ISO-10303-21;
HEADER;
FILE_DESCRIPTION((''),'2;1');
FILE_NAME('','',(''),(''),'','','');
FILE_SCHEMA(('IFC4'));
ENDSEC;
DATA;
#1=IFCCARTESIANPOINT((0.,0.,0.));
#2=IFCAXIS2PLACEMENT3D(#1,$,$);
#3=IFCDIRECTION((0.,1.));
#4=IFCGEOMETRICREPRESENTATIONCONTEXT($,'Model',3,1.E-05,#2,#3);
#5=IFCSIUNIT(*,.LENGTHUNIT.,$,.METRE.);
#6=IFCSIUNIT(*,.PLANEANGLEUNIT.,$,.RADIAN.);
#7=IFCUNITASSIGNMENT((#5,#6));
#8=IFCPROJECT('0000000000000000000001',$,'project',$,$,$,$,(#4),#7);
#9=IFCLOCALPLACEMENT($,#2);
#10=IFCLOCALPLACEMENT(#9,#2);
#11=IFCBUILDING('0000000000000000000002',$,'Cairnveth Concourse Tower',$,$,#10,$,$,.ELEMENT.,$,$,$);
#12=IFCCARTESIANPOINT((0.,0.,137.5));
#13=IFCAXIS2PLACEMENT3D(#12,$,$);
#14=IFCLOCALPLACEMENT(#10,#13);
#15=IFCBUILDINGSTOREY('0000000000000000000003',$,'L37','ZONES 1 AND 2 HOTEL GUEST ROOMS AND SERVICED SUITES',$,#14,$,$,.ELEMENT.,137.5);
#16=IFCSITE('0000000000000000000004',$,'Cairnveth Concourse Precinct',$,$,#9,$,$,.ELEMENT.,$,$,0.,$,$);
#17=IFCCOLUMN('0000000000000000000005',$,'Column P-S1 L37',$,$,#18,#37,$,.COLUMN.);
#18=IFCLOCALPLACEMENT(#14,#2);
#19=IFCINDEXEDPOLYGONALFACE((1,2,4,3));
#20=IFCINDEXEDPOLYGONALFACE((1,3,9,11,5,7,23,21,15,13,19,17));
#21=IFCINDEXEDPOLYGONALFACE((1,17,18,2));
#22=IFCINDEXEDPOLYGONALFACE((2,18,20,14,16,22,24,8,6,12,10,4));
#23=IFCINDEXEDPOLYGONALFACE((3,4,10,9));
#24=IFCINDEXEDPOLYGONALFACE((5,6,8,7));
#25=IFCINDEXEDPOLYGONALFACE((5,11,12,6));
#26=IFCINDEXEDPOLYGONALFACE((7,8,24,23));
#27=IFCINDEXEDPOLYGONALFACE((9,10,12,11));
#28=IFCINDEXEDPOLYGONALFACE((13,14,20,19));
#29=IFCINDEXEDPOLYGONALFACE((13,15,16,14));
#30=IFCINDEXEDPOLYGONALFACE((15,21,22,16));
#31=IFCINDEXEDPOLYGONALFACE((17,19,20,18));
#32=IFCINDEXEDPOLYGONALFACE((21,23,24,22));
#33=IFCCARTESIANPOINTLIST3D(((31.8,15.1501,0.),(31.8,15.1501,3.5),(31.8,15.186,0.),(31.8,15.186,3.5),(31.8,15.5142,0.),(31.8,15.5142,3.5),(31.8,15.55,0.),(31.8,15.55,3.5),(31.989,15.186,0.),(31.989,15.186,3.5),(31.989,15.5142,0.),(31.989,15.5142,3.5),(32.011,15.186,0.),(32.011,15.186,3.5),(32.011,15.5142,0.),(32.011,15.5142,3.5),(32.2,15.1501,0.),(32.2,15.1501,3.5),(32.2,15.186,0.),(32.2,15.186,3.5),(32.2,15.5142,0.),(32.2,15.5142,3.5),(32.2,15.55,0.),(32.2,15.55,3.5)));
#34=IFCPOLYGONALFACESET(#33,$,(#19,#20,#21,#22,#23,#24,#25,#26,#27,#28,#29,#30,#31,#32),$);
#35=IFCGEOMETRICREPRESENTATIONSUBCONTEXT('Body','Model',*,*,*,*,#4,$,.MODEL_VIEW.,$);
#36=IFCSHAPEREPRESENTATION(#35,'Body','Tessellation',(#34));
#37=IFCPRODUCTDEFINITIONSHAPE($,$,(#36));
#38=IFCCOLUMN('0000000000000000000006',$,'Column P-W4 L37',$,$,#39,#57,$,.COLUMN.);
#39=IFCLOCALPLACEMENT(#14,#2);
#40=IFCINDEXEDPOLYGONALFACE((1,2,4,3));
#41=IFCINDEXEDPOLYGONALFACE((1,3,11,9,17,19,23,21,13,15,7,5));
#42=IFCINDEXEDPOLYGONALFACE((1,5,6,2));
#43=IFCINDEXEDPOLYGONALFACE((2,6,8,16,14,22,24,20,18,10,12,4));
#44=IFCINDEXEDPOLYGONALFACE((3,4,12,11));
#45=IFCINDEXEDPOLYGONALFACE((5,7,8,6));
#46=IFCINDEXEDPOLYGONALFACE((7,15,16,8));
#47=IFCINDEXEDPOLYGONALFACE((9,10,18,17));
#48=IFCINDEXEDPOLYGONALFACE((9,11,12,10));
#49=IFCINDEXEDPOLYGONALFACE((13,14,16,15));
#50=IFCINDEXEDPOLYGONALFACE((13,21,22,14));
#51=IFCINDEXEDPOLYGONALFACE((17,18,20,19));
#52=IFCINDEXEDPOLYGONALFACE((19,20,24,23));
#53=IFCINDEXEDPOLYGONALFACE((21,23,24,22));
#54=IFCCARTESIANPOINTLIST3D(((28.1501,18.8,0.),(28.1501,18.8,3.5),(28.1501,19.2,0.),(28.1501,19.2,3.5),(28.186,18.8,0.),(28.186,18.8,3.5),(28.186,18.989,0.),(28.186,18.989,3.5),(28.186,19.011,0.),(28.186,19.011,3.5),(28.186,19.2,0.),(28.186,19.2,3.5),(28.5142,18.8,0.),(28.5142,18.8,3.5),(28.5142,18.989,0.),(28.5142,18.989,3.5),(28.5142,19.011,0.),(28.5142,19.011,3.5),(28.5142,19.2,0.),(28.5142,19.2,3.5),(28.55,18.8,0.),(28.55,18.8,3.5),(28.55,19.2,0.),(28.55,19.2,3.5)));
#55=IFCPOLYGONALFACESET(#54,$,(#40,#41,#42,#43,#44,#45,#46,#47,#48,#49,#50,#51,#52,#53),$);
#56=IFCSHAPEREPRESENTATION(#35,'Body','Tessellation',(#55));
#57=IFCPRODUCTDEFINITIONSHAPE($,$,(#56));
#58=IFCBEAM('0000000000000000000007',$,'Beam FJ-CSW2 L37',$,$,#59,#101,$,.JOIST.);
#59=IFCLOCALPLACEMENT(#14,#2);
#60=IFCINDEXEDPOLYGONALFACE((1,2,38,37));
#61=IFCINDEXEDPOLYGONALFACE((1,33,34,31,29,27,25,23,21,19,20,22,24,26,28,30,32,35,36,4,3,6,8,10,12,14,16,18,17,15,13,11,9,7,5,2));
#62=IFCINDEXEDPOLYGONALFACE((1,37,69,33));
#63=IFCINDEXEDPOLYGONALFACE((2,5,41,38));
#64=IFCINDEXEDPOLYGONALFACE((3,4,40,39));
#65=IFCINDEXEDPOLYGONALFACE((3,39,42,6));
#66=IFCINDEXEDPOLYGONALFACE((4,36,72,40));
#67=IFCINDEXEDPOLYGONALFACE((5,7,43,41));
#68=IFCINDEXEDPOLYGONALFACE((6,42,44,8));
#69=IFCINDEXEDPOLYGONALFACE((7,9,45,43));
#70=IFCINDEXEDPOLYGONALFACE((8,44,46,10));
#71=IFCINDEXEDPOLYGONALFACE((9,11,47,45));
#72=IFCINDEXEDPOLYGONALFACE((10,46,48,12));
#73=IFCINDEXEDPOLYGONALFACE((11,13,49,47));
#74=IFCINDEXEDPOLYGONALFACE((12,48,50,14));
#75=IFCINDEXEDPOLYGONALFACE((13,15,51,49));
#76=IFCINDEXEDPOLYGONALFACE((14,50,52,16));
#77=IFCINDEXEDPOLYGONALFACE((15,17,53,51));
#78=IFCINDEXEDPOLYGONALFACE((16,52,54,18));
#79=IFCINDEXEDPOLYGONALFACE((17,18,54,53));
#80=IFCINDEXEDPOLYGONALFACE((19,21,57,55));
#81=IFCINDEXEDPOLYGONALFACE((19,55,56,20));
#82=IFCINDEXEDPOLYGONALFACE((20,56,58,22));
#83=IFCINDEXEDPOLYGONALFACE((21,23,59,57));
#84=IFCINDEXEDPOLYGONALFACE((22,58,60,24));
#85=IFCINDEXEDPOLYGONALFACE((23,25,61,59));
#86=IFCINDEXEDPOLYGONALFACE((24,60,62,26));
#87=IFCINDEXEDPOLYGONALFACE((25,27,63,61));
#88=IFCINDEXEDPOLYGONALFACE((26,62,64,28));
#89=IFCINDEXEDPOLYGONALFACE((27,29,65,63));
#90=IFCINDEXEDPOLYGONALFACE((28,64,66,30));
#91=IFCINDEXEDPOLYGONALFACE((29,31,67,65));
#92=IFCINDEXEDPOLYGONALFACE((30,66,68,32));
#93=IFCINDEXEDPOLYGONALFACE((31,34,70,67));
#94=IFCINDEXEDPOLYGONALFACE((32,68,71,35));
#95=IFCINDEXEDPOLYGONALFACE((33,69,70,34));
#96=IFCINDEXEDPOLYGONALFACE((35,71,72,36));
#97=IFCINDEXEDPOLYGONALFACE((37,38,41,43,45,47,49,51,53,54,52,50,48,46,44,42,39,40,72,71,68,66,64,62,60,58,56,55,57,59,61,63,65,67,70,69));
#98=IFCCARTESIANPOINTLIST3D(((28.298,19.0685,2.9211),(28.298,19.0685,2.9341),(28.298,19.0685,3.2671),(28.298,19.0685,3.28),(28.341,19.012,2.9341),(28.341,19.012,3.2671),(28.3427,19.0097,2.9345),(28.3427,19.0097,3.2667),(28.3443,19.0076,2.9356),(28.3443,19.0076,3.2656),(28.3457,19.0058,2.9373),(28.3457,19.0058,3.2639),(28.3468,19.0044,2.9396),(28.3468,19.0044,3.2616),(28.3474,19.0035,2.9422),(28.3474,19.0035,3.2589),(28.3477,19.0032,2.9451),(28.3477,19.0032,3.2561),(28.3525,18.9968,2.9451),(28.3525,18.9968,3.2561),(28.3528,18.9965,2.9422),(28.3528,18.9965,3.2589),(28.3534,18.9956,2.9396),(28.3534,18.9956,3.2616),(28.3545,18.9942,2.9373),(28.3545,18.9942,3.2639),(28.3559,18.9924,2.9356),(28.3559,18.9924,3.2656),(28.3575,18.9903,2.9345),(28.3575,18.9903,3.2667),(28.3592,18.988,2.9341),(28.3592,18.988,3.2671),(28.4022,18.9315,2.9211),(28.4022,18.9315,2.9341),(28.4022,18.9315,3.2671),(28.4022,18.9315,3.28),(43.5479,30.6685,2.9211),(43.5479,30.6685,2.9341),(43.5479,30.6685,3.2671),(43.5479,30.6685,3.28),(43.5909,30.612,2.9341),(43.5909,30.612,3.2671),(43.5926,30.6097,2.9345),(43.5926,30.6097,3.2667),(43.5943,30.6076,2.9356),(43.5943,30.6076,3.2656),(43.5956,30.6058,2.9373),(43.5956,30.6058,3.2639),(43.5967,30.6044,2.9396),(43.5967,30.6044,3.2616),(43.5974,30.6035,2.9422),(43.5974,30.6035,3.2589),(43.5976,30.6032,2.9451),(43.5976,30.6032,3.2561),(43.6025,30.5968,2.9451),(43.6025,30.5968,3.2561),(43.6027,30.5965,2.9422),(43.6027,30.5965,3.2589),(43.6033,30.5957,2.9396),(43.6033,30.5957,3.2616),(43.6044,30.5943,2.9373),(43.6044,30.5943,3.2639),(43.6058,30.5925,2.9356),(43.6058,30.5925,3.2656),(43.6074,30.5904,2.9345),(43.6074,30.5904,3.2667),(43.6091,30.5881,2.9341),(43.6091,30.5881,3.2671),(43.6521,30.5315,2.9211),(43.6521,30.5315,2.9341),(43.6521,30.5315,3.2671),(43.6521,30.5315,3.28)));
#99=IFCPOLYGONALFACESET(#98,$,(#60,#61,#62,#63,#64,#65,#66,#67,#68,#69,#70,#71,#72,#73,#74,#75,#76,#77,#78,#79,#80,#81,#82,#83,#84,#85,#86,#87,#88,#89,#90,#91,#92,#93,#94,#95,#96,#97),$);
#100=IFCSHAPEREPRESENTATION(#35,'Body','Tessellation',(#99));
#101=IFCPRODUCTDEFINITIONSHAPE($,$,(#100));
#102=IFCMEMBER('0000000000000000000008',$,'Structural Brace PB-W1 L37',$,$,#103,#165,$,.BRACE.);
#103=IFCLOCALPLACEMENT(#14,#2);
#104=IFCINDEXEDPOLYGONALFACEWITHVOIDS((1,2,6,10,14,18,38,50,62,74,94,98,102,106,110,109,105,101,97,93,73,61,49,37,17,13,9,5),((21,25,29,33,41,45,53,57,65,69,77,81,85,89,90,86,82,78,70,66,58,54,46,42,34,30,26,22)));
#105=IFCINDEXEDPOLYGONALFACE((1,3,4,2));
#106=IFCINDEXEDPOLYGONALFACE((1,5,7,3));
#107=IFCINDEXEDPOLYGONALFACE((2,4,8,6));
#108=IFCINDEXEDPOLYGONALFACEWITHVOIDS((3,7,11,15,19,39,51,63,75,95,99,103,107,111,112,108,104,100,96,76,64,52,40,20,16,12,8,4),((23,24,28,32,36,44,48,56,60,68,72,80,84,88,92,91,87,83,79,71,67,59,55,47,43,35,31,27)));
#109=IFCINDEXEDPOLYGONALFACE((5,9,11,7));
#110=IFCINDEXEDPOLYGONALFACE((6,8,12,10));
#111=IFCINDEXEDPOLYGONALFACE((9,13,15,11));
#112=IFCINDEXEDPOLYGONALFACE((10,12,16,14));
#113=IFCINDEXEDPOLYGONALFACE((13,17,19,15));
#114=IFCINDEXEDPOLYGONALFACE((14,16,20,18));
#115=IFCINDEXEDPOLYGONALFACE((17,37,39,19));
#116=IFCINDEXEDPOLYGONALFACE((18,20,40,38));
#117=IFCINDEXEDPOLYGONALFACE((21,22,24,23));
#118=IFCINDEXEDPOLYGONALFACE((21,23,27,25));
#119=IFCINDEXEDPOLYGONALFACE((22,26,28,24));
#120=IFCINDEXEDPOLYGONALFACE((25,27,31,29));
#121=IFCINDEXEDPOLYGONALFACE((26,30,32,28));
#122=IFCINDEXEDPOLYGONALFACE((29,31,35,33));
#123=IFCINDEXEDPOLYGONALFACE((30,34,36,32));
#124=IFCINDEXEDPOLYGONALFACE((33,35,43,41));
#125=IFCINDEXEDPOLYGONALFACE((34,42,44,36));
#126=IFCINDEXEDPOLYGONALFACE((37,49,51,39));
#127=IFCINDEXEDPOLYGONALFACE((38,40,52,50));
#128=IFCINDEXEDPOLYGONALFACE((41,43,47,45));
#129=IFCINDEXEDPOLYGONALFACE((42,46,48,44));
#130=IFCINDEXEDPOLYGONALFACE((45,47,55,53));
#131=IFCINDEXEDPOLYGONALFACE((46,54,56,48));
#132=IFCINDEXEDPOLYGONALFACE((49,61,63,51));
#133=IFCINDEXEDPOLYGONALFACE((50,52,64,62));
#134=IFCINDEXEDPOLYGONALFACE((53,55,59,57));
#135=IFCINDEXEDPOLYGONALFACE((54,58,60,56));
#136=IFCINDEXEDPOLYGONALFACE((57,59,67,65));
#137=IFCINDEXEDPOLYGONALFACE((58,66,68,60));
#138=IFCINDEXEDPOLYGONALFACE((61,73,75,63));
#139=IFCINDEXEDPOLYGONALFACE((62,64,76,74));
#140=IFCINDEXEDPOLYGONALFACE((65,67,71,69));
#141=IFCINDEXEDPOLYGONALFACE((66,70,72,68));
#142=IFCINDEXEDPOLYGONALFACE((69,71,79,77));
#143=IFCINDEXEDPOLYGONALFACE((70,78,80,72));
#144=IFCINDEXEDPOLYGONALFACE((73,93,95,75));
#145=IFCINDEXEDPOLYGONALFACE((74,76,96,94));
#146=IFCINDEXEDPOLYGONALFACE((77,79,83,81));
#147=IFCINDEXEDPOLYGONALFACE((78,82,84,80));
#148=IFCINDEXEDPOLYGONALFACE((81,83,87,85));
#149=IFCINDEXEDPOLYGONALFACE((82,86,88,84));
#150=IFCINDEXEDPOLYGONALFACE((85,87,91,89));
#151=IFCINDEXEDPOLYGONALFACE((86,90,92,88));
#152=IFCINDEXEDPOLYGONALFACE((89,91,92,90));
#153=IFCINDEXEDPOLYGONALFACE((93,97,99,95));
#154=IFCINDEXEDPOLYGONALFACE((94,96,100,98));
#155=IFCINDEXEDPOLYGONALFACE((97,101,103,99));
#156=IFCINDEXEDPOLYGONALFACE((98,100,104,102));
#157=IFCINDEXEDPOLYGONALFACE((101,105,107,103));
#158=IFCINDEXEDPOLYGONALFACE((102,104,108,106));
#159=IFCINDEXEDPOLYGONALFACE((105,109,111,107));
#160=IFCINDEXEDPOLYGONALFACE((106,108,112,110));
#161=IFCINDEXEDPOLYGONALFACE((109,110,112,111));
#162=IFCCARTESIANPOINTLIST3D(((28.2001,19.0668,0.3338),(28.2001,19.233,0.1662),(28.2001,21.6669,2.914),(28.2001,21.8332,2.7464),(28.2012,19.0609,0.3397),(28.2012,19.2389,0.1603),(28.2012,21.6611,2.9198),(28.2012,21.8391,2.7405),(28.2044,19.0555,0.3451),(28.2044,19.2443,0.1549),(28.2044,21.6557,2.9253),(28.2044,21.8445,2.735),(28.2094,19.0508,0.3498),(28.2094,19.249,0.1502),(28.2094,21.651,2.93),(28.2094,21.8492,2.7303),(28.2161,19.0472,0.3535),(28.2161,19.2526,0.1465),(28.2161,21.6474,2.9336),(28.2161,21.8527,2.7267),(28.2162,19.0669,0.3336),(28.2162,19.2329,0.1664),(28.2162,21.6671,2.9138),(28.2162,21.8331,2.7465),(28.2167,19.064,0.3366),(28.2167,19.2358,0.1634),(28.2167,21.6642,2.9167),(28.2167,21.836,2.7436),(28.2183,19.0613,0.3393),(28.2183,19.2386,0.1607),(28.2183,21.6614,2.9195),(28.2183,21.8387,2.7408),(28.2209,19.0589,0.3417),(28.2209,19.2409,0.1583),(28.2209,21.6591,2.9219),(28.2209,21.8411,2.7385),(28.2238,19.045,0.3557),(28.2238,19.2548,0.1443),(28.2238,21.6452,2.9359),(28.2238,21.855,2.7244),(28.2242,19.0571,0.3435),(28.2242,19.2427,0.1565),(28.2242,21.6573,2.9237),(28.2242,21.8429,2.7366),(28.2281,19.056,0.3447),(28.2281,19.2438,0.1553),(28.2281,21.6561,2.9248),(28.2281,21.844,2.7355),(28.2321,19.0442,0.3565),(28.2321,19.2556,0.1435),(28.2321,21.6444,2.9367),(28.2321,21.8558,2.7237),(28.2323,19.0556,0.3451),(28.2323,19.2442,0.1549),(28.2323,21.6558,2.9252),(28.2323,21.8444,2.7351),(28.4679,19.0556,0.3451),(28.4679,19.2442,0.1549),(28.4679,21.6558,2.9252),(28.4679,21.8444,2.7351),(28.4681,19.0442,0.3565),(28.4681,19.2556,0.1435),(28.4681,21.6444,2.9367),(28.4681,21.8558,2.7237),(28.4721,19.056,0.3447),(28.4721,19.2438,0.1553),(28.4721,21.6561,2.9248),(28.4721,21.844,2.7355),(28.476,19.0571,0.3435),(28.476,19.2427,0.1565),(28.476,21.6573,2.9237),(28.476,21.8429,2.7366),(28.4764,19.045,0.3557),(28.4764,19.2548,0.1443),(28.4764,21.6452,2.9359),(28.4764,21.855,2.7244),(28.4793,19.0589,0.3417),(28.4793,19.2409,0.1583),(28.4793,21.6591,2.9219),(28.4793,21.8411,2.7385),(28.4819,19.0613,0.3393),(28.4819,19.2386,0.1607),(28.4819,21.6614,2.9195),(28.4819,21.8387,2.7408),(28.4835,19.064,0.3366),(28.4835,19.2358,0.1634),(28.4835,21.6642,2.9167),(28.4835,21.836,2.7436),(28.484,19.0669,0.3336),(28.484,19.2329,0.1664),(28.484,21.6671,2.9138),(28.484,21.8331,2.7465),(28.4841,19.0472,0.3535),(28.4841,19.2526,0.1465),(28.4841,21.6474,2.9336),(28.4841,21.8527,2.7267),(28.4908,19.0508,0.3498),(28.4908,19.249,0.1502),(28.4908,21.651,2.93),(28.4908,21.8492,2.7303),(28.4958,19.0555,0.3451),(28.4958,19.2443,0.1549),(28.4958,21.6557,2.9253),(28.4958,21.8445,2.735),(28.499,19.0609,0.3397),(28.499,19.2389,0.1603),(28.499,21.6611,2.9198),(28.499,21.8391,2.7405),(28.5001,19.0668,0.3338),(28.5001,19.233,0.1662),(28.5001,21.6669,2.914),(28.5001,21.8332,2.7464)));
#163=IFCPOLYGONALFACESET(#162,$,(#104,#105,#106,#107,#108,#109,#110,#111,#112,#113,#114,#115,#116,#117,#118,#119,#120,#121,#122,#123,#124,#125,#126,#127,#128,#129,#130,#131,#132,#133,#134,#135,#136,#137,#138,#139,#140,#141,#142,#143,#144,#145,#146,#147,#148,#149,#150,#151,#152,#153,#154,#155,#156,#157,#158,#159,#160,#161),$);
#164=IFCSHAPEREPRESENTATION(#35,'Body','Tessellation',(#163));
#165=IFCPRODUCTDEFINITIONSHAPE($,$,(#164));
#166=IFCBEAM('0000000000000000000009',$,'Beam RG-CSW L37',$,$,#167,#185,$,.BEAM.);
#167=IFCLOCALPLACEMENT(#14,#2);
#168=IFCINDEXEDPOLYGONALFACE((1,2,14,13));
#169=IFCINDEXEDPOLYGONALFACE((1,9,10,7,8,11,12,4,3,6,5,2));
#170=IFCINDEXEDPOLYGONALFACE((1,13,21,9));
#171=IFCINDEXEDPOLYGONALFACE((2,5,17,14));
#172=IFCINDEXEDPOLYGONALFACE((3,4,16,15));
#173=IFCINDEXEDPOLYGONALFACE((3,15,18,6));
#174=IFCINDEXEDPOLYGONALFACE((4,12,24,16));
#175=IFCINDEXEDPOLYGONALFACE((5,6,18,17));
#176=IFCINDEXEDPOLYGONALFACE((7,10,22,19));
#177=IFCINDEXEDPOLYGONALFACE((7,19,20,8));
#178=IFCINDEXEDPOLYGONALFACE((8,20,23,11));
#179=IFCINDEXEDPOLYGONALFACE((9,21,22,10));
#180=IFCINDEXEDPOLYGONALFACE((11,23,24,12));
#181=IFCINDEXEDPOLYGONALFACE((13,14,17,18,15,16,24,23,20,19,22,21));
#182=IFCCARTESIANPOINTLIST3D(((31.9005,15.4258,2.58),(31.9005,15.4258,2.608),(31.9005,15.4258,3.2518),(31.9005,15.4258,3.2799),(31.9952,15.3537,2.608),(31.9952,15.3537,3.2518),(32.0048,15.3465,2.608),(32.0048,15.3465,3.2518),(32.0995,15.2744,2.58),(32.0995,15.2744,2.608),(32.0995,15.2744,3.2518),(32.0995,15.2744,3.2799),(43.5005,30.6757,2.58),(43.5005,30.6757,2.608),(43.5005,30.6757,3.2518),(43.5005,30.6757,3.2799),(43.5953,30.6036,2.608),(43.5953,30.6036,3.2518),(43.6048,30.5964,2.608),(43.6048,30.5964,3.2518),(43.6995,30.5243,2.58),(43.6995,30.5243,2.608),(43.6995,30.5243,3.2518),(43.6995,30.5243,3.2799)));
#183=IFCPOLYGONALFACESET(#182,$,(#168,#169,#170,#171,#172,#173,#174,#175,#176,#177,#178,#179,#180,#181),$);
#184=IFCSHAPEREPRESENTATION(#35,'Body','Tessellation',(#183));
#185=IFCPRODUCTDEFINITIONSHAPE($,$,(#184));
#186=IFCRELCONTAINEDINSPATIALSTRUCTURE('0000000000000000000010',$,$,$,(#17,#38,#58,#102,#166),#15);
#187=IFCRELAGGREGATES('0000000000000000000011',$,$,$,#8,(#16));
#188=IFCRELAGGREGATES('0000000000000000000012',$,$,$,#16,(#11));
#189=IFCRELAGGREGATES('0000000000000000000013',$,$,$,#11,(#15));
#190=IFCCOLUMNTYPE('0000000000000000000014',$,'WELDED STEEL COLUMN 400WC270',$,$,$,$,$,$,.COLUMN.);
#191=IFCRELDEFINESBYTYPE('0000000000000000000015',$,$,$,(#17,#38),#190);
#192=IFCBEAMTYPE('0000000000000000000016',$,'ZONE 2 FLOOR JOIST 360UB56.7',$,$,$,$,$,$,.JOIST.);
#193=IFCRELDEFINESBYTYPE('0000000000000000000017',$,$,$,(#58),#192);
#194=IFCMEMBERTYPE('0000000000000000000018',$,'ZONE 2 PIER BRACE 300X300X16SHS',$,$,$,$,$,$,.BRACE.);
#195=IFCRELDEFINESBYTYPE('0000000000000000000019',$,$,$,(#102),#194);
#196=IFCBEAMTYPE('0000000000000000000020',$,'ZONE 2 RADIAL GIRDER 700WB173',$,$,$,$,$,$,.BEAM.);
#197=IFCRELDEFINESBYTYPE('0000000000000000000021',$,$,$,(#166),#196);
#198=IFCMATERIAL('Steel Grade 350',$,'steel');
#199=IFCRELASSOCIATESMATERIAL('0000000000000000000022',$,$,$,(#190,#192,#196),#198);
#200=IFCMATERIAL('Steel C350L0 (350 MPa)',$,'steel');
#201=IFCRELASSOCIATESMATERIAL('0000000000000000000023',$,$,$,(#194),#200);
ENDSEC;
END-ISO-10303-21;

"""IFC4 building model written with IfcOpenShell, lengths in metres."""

from ifc_helpers import new_model, si_unit, direction, frame, origin, origin_2d, place, context, subcontext, project, spatial, hollow_rectangle, i_section, extrude, material, material_profile, profile_set, type_object, element, save


model = new_model("IFC4")

# Units and contexts
model_context = context("Model", 3, precision=1e-05, world=origin(), true_north=direction((0.0, 1.0)))
body_context = subcontext(model_context, "Body", "Model", "MODEL_VIEW")
ifc_project = project(units=[si_unit("LENGTHUNIT", "METRE"), si_unit("PLANEANGLEUNIT", "RADIAN")], contexts=[model_context])

# Site, building, storey
site_placement = place(None, origin())
site = spatial("IfcSite", under=ifc_project, at=site_placement, Name="Cairnveth Concourse Precinct", CompositionType="ELEMENT", RefElevation=0.0)
building_placement = place(site_placement, origin())
building = spatial("IfcBuilding", under=site, at=building_placement, Name="Cairnveth Concourse Tower", CompositionType="ELEMENT")
storey_placement = place(building_placement, frame((0.0, 0.0, 137.5)))
storey = spatial("IfcBuildingStorey", under=building, at=storey_placement, Name="L37", Description="ZONES 1 AND 2 HOTEL GUEST ROOMS AND SERVICED SUITES", CompositionType="ELEMENT", Elevation=137.5)

# Columns
ifc_material_1 = material(Name="Steel Grade 350", Category="steel")
ifc_material_profile_1 = material_profile(ifc_material_1, i_section(OverallWidth=0.3999, OverallDepth=0.3999, WebThickness=0.022, FlangeThickness=0.0359, at=origin_2d()), Name="400WC270")
ifc_profile_set_1 = profile_set([ifc_material_profile_1], Name="Steel Grade 350")
column_type = type_object("IfcColumnType", Name="WELDED STEEL COLUMN 400WC270", PredefinedType="COLUMN", material=ifc_profile_set_1)
for number, where, z_axis, x_axis, name in (
    (1, (32.0, 15.3501, 0.0), (0.0, 0.0, 1.0), (1.0, 0.0, 0.0), "Column P-S1 L37"),
    (2, (28.3501, 19.0, 0.0), (0.0, 0.0, 1.0), (0.0, 1.0, 0.0), "Column P-W4 L37"),
):
    element("IfcColumn", number, at=place(storey_placement, frame(where, z_axis=z_axis, x_axis=x_axis)), inside=storey, type_object=column_type, Name=name, PredefinedType="COLUMN", context=body_context, shape_type="SweptSolid", body=[
        extrude(i_section(OverallWidth=0.3999, OverallDepth=0.3999, WebThickness=0.022, FlangeThickness=0.0359, at=origin_2d()), origin(), (0.0, 0.0, 1.0), 3.5),
    ])

# Beam
ifc_material_profile_2 = material_profile(ifc_material_1, i_section(OverallWidth=0.1721, OverallDepth=0.3589, WebThickness=0.0081, FlangeThickness=0.0129, FilletRadius=0.011, at=origin_2d()), Name="360UB56.7")
ifc_profile_set_2 = profile_set([ifc_material_profile_2], Name="Steel Grade 350")
beam_type_1 = type_object("IfcBeamType", Name="ZONE 2 FLOOR JOIST 360UB56.7", PredefinedType="JOIST", material=ifc_profile_set_2)
beam_1_placement = place(storey_placement, frame((28.3501, 19.0, 3.1006), z_axis=(0.795908, 0.605417, 0.0), x_axis=(-0.605417, 0.795908, 0.0)))
element("IfcBeam", 3, at=beam_1_placement, inside=storey, type_object=beam_type_1, Name="Beam FJ-CSW2 L37", PredefinedType="JOIST", context=body_context, shape_type="SweptSolid", body=[
    extrude(i_section(OverallWidth=0.1721, OverallDepth=0.3589, WebThickness=0.0081, FlangeThickness=0.0129, FilletRadius=0.011, at=origin_2d()), origin(), (0.0, 0.0, 1.0), 19.1604),
])

# Member
ifc_material_2 = material(Name="Steel C350L0 (350 MPa)", Category="steel")
ifc_material_profile_3 = material_profile(ifc_material_2, hollow_rectangle(XDim=0.3, YDim=0.3, WallThickness=0.0161, InnerFilletRadius=0.0161, OuterFilletRadius=0.032, at=origin_2d()), Name="300x300x16.0SHS")
ifc_profile_set_3 = profile_set([ifc_material_profile_3], Name="Steel C350L0 (350 MPa)")
member_type = type_object("IfcMemberType", Name="ZONE 2 PIER BRACE 300X300X16SHS", PredefinedType="BRACE", material=ifc_profile_set_3)
member_placement = place(storey_placement, frame((28.3501, 19.1499, 0.25), z_axis=(0.0, 0.709834, 0.704369), x_axis=(-1.0, 0.0, 0.0)))
element("IfcMember", 4, at=member_placement, inside=storey, type_object=member_type, Name="Structural Brace PB-W1 L37", PredefinedType="BRACE", context=body_context, shape_type="SweptSolid", body=[
    extrude(hollow_rectangle(XDim=0.3, YDim=0.3, WallThickness=0.0161, InnerFilletRadius=0.0161, OuterFilletRadius=0.032, at=origin_2d()), origin(), (0.0, 0.0, 1.0), 3.6631),
])

# Beam
ifc_material_profile_4 = material_profile(ifc_material_1, i_section(OverallWidth=0.25, OverallDepth=0.7, WebThickness=0.012, FlangeThickness=0.0281, at=origin_2d()), Name="700WB173")
ifc_profile_set_4 = profile_set([ifc_material_profile_4], Name="Steel Grade 350")
beam_type_2 = type_object("IfcBeamType", Name="ZONE 2 RADIAL GIRDER 700WB173", PredefinedType="BEAM", material=ifc_profile_set_4)
beam_2_placement = place(storey_placement, frame((32.0, 15.3501, 2.9299), z_axis=(0.605417, 0.795908, 0.0), x_axis=(-0.795908, 0.605417, 0.0)))
element("IfcBeam", 5, at=beam_2_placement, inside=storey, type_object=beam_type_2, Name="Beam RG-CSW L37", PredefinedType="BEAM", context=body_context, shape_type="SweptSolid", body=[
    extrude(i_section(OverallWidth=0.25, OverallDepth=0.7, WebThickness=0.012, FlangeThickness=0.0281, at=origin_2d()), origin(), (0.0, 0.0, 1.0), 19.1604),
])

save(model, "model.ifc")
